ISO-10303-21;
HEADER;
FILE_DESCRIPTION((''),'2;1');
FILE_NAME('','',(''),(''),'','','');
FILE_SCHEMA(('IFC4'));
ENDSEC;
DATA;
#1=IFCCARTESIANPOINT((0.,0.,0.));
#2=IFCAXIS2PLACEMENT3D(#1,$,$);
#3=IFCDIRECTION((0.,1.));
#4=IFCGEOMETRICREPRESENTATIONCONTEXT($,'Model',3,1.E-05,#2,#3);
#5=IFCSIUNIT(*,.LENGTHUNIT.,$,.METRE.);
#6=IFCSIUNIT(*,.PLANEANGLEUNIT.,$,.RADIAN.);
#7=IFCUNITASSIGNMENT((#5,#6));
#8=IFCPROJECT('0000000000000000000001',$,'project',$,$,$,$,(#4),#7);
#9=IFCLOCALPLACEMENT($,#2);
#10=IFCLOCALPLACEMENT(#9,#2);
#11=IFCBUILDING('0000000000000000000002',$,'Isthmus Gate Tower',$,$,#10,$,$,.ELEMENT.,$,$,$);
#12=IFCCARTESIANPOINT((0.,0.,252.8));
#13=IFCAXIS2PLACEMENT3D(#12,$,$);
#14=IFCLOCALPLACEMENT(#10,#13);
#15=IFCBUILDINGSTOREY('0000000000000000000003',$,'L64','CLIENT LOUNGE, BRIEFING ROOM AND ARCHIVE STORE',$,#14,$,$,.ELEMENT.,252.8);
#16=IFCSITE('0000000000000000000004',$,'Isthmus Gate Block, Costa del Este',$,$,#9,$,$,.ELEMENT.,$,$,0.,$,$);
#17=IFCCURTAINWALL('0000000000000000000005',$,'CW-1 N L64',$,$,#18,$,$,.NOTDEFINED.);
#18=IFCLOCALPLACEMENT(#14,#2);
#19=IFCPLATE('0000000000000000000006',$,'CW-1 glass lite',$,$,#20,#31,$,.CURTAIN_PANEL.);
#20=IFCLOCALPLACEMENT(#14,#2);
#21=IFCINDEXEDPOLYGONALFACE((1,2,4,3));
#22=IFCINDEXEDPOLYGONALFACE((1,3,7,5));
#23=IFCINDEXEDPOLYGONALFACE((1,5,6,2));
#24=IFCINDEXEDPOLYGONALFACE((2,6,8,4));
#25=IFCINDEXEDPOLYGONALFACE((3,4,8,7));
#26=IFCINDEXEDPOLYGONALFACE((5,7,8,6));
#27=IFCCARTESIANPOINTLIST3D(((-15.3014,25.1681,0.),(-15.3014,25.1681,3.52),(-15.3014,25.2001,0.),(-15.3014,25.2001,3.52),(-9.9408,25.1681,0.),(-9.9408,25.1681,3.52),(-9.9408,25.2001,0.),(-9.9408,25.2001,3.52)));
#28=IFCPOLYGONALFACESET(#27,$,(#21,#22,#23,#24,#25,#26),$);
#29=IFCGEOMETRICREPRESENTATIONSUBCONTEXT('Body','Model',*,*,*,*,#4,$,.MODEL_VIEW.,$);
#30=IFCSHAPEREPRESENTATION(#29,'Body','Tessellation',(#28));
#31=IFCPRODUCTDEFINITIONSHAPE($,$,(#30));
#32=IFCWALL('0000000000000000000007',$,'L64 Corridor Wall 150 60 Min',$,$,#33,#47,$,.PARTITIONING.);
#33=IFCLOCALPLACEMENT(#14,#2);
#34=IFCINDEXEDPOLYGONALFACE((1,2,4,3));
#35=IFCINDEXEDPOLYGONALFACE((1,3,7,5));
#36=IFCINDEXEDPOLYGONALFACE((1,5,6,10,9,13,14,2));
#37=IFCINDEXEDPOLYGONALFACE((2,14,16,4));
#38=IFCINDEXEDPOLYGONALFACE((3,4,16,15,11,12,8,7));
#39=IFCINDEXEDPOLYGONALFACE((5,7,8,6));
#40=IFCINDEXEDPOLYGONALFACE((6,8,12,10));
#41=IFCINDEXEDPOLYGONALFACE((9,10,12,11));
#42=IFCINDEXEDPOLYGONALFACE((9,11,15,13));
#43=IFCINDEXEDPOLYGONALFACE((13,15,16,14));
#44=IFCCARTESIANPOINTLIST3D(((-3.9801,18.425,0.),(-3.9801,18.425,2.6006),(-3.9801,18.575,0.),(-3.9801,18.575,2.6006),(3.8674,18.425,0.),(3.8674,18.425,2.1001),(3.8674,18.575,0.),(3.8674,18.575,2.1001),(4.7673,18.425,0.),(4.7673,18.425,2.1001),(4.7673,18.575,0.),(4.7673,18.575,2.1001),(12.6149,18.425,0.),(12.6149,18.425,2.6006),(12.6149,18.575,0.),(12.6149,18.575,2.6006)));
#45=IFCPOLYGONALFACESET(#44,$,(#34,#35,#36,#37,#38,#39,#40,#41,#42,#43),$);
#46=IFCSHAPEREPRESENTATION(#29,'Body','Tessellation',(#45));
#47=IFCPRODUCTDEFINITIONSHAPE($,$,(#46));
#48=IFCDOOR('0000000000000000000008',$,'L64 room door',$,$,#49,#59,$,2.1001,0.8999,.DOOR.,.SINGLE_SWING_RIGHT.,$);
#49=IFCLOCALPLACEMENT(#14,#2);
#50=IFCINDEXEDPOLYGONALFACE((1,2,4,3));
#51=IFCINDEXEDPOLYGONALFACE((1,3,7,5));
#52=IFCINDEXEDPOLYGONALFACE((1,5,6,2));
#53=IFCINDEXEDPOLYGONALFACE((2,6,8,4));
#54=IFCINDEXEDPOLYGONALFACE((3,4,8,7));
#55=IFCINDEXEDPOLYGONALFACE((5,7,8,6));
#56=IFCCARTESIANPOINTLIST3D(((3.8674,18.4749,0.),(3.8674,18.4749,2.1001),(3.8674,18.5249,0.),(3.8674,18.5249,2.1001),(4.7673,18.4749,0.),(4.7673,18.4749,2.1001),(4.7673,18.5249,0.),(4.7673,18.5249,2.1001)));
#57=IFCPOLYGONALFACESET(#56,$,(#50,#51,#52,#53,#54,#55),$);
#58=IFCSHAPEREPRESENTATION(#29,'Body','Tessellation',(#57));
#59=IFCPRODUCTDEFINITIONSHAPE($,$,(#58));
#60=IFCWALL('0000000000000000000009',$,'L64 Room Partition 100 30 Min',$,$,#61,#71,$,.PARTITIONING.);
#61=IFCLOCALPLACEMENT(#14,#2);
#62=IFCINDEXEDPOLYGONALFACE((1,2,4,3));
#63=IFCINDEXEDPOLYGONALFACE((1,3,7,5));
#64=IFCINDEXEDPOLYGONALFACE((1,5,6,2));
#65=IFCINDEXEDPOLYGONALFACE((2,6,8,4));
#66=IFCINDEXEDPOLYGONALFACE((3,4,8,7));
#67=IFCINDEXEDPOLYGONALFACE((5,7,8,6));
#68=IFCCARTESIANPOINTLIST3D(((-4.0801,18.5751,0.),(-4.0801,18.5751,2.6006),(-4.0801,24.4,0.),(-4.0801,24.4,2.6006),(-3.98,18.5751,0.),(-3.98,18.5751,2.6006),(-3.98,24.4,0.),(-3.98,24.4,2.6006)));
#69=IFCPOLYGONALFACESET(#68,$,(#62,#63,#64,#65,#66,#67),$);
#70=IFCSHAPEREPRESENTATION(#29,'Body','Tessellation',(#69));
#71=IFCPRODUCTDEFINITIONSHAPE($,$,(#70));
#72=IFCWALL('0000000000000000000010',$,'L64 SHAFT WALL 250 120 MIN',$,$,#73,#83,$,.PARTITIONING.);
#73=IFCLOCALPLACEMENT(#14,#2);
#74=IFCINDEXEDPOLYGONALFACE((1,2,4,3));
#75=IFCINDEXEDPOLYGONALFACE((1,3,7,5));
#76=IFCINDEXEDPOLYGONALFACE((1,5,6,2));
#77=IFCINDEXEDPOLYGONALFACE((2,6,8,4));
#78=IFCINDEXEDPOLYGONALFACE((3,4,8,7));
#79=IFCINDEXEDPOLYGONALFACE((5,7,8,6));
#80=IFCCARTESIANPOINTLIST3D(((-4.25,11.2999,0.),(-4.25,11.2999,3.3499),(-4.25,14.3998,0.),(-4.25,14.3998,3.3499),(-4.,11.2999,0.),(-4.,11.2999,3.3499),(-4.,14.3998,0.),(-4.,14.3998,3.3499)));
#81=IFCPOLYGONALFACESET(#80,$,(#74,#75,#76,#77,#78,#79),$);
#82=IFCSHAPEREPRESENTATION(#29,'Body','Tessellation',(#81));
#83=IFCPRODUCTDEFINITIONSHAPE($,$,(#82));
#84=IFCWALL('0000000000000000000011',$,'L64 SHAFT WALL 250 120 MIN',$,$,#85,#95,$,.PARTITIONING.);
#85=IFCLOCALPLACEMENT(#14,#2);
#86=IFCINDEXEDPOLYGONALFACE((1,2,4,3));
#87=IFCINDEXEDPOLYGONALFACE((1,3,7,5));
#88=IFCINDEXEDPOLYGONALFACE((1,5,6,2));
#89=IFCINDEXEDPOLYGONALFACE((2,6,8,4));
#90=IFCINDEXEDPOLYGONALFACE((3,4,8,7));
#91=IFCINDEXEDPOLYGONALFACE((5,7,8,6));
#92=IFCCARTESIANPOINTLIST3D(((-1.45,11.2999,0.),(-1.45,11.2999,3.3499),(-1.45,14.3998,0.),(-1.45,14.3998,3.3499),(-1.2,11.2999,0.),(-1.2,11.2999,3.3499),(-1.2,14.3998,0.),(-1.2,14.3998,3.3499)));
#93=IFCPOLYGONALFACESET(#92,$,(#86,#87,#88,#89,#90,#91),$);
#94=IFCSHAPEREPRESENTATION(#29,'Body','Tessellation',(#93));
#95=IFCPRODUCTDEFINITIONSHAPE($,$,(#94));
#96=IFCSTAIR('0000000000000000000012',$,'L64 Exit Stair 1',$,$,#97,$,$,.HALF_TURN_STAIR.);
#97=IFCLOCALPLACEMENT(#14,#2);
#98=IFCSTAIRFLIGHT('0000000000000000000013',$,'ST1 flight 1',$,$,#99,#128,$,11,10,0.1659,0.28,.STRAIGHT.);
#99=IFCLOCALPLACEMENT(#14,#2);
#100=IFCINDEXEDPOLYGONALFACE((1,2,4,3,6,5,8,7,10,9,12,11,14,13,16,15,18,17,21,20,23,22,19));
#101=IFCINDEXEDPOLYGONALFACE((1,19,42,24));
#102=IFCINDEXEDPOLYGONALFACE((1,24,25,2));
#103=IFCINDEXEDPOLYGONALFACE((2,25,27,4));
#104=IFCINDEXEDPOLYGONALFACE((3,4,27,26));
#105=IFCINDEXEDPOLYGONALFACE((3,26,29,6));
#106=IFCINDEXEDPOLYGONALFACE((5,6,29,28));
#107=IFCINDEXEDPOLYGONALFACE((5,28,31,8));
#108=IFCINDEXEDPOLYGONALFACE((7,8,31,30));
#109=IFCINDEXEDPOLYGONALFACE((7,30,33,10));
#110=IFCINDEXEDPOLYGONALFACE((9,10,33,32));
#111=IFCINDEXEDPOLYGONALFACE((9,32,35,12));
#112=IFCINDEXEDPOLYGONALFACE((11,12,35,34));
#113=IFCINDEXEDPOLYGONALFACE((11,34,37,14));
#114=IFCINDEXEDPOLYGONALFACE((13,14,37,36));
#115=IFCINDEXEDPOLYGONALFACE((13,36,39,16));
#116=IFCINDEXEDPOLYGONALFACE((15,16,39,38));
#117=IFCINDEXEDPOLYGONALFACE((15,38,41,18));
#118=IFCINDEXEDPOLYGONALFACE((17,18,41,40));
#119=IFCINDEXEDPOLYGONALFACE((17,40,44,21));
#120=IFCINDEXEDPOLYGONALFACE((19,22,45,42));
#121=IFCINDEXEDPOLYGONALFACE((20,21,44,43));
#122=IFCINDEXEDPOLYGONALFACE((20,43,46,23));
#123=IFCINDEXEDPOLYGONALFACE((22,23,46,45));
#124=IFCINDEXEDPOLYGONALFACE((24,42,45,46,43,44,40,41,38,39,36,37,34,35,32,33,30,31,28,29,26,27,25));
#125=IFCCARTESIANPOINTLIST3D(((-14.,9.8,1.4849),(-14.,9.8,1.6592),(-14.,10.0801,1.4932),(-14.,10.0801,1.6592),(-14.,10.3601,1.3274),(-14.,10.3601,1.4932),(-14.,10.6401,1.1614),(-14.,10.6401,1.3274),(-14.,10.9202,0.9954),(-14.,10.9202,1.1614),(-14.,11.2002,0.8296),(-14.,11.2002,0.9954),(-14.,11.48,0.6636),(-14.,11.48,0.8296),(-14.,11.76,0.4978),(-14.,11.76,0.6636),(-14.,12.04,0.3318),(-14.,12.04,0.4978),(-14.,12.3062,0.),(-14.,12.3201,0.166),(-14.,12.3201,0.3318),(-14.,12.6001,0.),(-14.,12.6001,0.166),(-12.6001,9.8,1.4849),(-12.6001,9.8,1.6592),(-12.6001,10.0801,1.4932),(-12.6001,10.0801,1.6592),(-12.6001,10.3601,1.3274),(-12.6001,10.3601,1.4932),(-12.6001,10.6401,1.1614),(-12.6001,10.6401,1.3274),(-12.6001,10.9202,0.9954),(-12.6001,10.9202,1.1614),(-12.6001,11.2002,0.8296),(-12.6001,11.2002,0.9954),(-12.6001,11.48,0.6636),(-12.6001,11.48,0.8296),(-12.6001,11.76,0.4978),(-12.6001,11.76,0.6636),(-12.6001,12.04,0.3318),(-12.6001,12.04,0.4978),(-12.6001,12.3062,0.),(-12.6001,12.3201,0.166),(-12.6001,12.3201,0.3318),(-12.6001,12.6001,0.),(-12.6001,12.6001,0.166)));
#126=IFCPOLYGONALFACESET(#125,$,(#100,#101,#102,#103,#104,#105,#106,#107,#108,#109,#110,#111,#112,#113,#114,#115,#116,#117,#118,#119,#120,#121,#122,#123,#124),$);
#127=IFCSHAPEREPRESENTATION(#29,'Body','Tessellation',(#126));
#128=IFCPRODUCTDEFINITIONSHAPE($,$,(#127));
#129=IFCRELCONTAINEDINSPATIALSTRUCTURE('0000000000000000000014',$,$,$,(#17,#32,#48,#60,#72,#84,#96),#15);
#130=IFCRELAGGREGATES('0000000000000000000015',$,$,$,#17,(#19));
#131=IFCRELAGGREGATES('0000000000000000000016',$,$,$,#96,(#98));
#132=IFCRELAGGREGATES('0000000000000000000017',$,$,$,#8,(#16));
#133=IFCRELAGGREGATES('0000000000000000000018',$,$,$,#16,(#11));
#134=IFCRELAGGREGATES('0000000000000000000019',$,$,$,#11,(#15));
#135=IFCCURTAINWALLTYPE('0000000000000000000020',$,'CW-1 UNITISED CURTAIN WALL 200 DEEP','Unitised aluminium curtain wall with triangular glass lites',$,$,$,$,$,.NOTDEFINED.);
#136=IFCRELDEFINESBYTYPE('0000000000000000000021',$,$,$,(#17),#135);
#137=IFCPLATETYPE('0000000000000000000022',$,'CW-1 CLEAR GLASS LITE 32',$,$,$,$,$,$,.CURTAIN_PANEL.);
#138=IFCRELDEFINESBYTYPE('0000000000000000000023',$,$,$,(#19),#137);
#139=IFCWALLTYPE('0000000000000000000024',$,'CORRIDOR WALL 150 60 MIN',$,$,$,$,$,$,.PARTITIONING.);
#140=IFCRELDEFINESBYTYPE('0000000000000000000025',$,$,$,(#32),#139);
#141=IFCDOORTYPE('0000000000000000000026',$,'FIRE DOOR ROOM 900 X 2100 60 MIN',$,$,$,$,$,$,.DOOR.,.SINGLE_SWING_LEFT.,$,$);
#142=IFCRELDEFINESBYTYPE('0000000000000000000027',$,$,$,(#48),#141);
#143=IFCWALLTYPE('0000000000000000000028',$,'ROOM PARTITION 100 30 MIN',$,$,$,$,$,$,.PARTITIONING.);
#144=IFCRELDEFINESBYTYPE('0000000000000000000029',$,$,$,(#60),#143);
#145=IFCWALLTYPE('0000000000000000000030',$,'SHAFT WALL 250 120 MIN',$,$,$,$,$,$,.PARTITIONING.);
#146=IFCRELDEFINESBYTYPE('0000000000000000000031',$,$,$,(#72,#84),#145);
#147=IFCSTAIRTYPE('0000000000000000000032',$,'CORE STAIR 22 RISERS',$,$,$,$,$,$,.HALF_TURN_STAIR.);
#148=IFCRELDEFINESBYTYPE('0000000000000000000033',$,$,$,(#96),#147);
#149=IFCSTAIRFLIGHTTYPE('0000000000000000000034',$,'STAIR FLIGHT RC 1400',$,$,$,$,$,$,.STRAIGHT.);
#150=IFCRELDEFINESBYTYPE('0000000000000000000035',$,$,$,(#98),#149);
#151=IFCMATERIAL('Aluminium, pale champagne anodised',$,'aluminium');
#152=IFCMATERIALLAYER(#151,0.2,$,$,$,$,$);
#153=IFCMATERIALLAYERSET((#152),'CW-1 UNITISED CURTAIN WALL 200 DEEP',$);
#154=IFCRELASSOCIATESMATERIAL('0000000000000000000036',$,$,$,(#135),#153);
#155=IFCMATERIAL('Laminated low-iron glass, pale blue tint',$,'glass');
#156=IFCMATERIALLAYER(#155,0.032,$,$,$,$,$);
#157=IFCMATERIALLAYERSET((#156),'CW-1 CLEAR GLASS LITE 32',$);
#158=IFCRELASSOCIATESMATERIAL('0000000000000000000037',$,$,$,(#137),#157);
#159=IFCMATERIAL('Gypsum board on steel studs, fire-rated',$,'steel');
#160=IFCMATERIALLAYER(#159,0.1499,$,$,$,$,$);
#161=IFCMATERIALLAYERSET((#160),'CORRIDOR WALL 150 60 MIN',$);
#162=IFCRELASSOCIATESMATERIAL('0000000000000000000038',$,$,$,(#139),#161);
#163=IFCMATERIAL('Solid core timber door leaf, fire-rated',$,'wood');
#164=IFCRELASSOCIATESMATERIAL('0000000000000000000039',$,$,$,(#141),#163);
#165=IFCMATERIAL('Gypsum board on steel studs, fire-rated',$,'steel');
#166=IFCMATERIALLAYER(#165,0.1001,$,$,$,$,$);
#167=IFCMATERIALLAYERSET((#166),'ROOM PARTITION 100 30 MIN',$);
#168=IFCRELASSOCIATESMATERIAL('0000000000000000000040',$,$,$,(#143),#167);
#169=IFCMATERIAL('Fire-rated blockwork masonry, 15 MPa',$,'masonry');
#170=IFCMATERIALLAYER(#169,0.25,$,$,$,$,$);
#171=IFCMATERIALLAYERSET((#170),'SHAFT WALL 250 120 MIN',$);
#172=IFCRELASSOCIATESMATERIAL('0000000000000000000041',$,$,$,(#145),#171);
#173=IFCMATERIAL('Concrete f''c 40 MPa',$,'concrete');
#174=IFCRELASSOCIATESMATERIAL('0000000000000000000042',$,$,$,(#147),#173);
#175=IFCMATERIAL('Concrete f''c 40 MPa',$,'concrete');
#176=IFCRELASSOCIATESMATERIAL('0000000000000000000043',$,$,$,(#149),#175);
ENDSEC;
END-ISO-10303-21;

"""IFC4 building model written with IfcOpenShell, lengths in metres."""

from ifc_helpers import new_model, si_unit, direction, frame, frame_2d, origin, origin_2d, place, context, subcontext, project, spatial, polyline, rectangle, outline, extrude, material, layer, layer_set, type_object, element, fill, aggregate, save


model = new_model("IFC4")

# Units and contexts
model_context = context("Model", 3, precision=1e-05, world=origin(), true_north=direction((0.0, 1.0)))
body_context = subcontext(model_context, "Body", "Model", "MODEL_VIEW")
ifc_project = project(units=[si_unit("LENGTHUNIT", "METRE"), si_unit("PLANEANGLEUNIT", "RADIAN")], contexts=[model_context])

# Site, building, storey
site_placement = place(None, origin())
site = spatial("IfcSite", under=ifc_project, at=site_placement, Name="Isthmus Gate Block, Costa del Este", CompositionType="ELEMENT", RefElevation=0.0)
building_placement = place(site_placement, origin())
building = spatial("IfcBuilding", under=site, at=building_placement, Name="Isthmus Gate Tower", CompositionType="ELEMENT")
storey_placement = place(building_placement, frame((0.0, 0.0, 252.8)))
storey = spatial("IfcBuildingStorey", under=building, at=storey_placement, Name="L64", Description="CLIENT LOUNGE, BRIEFING ROOM AND ARCHIVE STORE", CompositionType="ELEMENT", Elevation=252.8)

# Curtain wall
ifc_material_1 = material(Name="Aluminium, pale champagne anodised", Category="aluminium")
ifc_layer_1 = layer(ifc_material_1, 0.2)
ifc_layer_set_1 = layer_set([ifc_layer_1], Name="CW-1 UNITISED CURTAIN WALL 200 DEEP")
curtain_wall_type = type_object("IfcCurtainWallType", Name="CW-1 UNITISED CURTAIN WALL 200 DEEP", Description="Unitised aluminium curtain wall with triangular glass lites", PredefinedType="NOTDEFINED", material=ifc_layer_set_1)
curtain_wall_placement = place(storey_placement, origin())
curtain_wall = element("IfcCurtainWall", 1, at=curtain_wall_placement, inside=storey, type_object=curtain_wall_type, Name="CW-1 N L64", PredefinedType="NOTDEFINED")

# Plate
ifc_material_2 = material(Name="Laminated low-iron glass, pale blue tint", Category="glass")
ifc_layer_2 = layer(ifc_material_2, 0.032)
ifc_layer_set_2 = layer_set([ifc_layer_2], Name="CW-1 CLEAR GLASS LITE 32")
plate_type = type_object("IfcPlateType", Name="CW-1 CLEAR GLASS LITE 32", PredefinedType="CURTAIN_PANEL", material=ifc_layer_set_2)
plate_1_placement = place(storey_placement, frame((-12.6211, 25.1841, 0.0), z_axis=(0.0, 0.0, 1.0), x_axis=(-1.0, 0.0, 0.0)))
plate_1 = element("IfcPlate", 2, at=plate_1_placement, type_object=plate_type, Name="CW-1 glass lite", PredefinedType="CURTAIN_PANEL", context=body_context, shape_type="SweptSolid", body=[
    extrude(rectangle(XDim=5.3606, YDim=0.032, at=origin_2d()), origin(), (0.0, 0.0, 1.0), 3.52),
])
aggregate(curtain_wall, [plate_1])

# Wall, opening, door
ifc_material_3 = material(Name="Gypsum board on steel studs, fire-rated", Category="steel")
ifc_layer_3 = layer(ifc_material_3, 0.1499)
ifc_layer_set_3 = layer_set([ifc_layer_3], Name="CORRIDOR WALL 150 60 MIN")
wall_type_1 = type_object("IfcWallType", Name="CORRIDOR WALL 150 60 MIN", PredefinedType="PARTITIONING", material=ifc_layer_set_3)
wall_1_placement = place(storey_placement, frame((-3.98, 18.5, 0.0), z_axis=(0.0, 0.0, 1.0), x_axis=(1.0, 0.0, 0.0)))
wall_1 = element("IfcWall", 3, at=wall_1_placement, inside=storey, type_object=wall_type_1, Name="L64 Corridor Wall 150 60 Min", PredefinedType="PARTITIONING", context=body_context, shape_type="SweptSolid", body=[
    extrude(rectangle(XDim=16.595, YDim=0.1499, at=frame_2d((8.2974, 0.0))), origin(), (0.0, 0.0, 1.0), 2.6006),
])
opening_placement = place(wall_1_placement, frame((7.8474, 0.0, 0.0)))
opening = element("IfcOpeningElement", 4, at=opening_placement, cuts=wall_1, PredefinedType="OPENING", context=body_context, shape_type="SweptSolid", body=[
    extrude(rectangle(XDim=0.8999, YDim=2.1001, at=frame_2d((0.45, 1.05))), frame((0.0, 0.085, 0.0), z_axis=(0.0, -1.0, 0.0), x_axis=(1.0, 0.0, 0.0)), (0.0, 0.0, 1.0), 0.1699),
])
ifc_material_4 = material(Name="Solid core timber door leaf, fire-rated", Category="wood")
door_type = type_object("IfcDoorType", Name="FIRE DOOR ROOM 900 X 2100 60 MIN", OperationType="SINGLE_SWING_LEFT", PredefinedType="DOOR", material=ifc_material_4)
door_placement = place(opening_placement, origin())
door = element("IfcDoor", 5, at=door_placement, inside=storey, type_object=door_type, Name="L64 room door", OperationType="SINGLE_SWING_RIGHT", OverallHeight=2.1001, OverallWidth=0.8999, PredefinedType="DOOR", context=body_context, shape_type="SweptSolid", body=[
    extrude(rectangle(XDim=0.8999, YDim=2.1001, at=frame_2d((0.45, 1.05))), frame((0.0, 0.0249, 0.0), z_axis=(0.0, -1.0, 0.0), x_axis=(1.0, 0.0, 0.0)), (0.0, 0.0, 1.0), 0.05),
])
fill(opening, door)

# Walls
ifc_material_5 = material(Name="Gypsum board on steel studs, fire-rated", Category="steel")
ifc_layer_4 = layer(ifc_material_5, 0.1001)
ifc_layer_set_4 = layer_set([ifc_layer_4], Name="ROOM PARTITION 100 30 MIN")
wall_type_2 = type_object("IfcWallType", Name="ROOM PARTITION 100 30 MIN", PredefinedType="PARTITIONING", material=ifc_layer_set_4)
wall_2_placement = place(storey_placement, frame((-4.03, 18.575, 0.0), z_axis=(0.0, 0.0, 1.0), x_axis=(0.0, 1.0, 0.0)))
element("IfcWall", 6, at=wall_2_placement, inside=storey, type_object=wall_type_2, Name="L64 Room Partition 100 30 Min", PredefinedType="PARTITIONING", context=body_context, shape_type="SweptSolid", body=[
    extrude(rectangle(XDim=5.825, YDim=0.1001, at=frame_2d((2.9126, 0.0))), origin(), (0.0, 0.0, 1.0), 2.6006),
])
ifc_material_6 = material(Name="Fire-rated blockwork masonry, 15 MPa", Category="masonry")
ifc_layer_5 = layer(ifc_material_6, 0.25)
ifc_layer_set_5 = layer_set([ifc_layer_5], Name="SHAFT WALL 250 120 MIN")
wall_type_3 = type_object("IfcWallType", Name="SHAFT WALL 250 120 MIN", PredefinedType="PARTITIONING", material=ifc_layer_set_5)
for number, where, z_axis, x_axis, name in (
    (7, (-4.125, 11.3, 0.0), (0.0, 0.0, 1.0), (0.0, 1.0, 0.0), "L64 SHAFT WALL 250 120 MIN"),
    (8, (-1.325, 11.3, 0.0), (0.0, 0.0, 1.0), (0.0, 1.0, 0.0), "L64 SHAFT WALL 250 120 MIN"),
):
    element("IfcWall", number, at=place(storey_placement, frame(where, z_axis=z_axis, x_axis=x_axis)), inside=storey, type_object=wall_type_3, Name=name, PredefinedType="PARTITIONING", context=body_context, shape_type="SweptSolid", body=[
        extrude(rectangle(XDim=3.0999, YDim=0.25, at=frame_2d((1.5498, 0.0))), origin(), (0.0, 0.0, 1.0), 3.3499),
    ])

# Stair, stair flight
ifc_material_7 = material(Name="Concrete f'c 40 MPa", Category="concrete")
stair_type = type_object("IfcStairType", Name="CORE STAIR 22 RISERS", PredefinedType="HALF_TURN_STAIR", material=ifc_material_7)
stair_placement = place(storey_placement, origin())
stair = element("IfcStair", 9, at=stair_placement, inside=storey, type_object=stair_type, Name="L64 Exit Stair 1", PredefinedType="HALF_TURN_STAIR")
ifc_material_8 = material(Name="Concrete f'c 40 MPa", Category="concrete")
stair_flight_type = type_object("IfcStairFlightType", Name="STAIR FLIGHT RC 1400", PredefinedType="STRAIGHT", material=ifc_material_8)
stair_flight_placement = place(storey_placement, frame((-13.3, 12.6001, 0.0), z_axis=(0.0, 0.0, 1.0), x_axis=(0.0, -1.0, 0.0)))
stair_flight = element("IfcStairFlight", 10, at=stair_flight_placement, type_object=stair_flight_type, Name="ST1 flight 1", NumberOfRisers=11, NumberOfTreads=10, PredefinedType="STRAIGHT", RiserHeight=0.1659, TreadLength=0.28, context=body_context, shape_type="SweptSolid", body=[
    extrude(outline(polyline([(0.0, 0.0), (0.0, 0.166), (0.28, 0.166), (0.28, 0.3318), (0.5601, 0.3318), (0.5601, 0.4978), (0.8401, 0.4978), (0.8401, 0.6636), (1.1201, 0.6636), (1.1201, 0.8296), (1.3999, 0.8296), (1.3999, 0.9954), (1.6799, 0.9954), (1.6799, 1.1614), (1.96, 1.1614), (1.96, 1.3274), (2.24, 1.3274), (2.24, 1.4932), (2.52, 1.4932), (2.52, 1.6592), (2.8, 1.6592), (2.8, 1.825), (2.8, 1.4849), (0.2939, 0.0), (0.0, 0.0)])), frame((0.0, 0.7, 0.0), z_axis=(0.0, -1.0, 0.0), x_axis=(1.0, 0.0, 0.0)), (0.0, 0.0, 1.0), 1.3999),
])
aggregate(stair, [stair_flight])

save(model, "model.ifc")
